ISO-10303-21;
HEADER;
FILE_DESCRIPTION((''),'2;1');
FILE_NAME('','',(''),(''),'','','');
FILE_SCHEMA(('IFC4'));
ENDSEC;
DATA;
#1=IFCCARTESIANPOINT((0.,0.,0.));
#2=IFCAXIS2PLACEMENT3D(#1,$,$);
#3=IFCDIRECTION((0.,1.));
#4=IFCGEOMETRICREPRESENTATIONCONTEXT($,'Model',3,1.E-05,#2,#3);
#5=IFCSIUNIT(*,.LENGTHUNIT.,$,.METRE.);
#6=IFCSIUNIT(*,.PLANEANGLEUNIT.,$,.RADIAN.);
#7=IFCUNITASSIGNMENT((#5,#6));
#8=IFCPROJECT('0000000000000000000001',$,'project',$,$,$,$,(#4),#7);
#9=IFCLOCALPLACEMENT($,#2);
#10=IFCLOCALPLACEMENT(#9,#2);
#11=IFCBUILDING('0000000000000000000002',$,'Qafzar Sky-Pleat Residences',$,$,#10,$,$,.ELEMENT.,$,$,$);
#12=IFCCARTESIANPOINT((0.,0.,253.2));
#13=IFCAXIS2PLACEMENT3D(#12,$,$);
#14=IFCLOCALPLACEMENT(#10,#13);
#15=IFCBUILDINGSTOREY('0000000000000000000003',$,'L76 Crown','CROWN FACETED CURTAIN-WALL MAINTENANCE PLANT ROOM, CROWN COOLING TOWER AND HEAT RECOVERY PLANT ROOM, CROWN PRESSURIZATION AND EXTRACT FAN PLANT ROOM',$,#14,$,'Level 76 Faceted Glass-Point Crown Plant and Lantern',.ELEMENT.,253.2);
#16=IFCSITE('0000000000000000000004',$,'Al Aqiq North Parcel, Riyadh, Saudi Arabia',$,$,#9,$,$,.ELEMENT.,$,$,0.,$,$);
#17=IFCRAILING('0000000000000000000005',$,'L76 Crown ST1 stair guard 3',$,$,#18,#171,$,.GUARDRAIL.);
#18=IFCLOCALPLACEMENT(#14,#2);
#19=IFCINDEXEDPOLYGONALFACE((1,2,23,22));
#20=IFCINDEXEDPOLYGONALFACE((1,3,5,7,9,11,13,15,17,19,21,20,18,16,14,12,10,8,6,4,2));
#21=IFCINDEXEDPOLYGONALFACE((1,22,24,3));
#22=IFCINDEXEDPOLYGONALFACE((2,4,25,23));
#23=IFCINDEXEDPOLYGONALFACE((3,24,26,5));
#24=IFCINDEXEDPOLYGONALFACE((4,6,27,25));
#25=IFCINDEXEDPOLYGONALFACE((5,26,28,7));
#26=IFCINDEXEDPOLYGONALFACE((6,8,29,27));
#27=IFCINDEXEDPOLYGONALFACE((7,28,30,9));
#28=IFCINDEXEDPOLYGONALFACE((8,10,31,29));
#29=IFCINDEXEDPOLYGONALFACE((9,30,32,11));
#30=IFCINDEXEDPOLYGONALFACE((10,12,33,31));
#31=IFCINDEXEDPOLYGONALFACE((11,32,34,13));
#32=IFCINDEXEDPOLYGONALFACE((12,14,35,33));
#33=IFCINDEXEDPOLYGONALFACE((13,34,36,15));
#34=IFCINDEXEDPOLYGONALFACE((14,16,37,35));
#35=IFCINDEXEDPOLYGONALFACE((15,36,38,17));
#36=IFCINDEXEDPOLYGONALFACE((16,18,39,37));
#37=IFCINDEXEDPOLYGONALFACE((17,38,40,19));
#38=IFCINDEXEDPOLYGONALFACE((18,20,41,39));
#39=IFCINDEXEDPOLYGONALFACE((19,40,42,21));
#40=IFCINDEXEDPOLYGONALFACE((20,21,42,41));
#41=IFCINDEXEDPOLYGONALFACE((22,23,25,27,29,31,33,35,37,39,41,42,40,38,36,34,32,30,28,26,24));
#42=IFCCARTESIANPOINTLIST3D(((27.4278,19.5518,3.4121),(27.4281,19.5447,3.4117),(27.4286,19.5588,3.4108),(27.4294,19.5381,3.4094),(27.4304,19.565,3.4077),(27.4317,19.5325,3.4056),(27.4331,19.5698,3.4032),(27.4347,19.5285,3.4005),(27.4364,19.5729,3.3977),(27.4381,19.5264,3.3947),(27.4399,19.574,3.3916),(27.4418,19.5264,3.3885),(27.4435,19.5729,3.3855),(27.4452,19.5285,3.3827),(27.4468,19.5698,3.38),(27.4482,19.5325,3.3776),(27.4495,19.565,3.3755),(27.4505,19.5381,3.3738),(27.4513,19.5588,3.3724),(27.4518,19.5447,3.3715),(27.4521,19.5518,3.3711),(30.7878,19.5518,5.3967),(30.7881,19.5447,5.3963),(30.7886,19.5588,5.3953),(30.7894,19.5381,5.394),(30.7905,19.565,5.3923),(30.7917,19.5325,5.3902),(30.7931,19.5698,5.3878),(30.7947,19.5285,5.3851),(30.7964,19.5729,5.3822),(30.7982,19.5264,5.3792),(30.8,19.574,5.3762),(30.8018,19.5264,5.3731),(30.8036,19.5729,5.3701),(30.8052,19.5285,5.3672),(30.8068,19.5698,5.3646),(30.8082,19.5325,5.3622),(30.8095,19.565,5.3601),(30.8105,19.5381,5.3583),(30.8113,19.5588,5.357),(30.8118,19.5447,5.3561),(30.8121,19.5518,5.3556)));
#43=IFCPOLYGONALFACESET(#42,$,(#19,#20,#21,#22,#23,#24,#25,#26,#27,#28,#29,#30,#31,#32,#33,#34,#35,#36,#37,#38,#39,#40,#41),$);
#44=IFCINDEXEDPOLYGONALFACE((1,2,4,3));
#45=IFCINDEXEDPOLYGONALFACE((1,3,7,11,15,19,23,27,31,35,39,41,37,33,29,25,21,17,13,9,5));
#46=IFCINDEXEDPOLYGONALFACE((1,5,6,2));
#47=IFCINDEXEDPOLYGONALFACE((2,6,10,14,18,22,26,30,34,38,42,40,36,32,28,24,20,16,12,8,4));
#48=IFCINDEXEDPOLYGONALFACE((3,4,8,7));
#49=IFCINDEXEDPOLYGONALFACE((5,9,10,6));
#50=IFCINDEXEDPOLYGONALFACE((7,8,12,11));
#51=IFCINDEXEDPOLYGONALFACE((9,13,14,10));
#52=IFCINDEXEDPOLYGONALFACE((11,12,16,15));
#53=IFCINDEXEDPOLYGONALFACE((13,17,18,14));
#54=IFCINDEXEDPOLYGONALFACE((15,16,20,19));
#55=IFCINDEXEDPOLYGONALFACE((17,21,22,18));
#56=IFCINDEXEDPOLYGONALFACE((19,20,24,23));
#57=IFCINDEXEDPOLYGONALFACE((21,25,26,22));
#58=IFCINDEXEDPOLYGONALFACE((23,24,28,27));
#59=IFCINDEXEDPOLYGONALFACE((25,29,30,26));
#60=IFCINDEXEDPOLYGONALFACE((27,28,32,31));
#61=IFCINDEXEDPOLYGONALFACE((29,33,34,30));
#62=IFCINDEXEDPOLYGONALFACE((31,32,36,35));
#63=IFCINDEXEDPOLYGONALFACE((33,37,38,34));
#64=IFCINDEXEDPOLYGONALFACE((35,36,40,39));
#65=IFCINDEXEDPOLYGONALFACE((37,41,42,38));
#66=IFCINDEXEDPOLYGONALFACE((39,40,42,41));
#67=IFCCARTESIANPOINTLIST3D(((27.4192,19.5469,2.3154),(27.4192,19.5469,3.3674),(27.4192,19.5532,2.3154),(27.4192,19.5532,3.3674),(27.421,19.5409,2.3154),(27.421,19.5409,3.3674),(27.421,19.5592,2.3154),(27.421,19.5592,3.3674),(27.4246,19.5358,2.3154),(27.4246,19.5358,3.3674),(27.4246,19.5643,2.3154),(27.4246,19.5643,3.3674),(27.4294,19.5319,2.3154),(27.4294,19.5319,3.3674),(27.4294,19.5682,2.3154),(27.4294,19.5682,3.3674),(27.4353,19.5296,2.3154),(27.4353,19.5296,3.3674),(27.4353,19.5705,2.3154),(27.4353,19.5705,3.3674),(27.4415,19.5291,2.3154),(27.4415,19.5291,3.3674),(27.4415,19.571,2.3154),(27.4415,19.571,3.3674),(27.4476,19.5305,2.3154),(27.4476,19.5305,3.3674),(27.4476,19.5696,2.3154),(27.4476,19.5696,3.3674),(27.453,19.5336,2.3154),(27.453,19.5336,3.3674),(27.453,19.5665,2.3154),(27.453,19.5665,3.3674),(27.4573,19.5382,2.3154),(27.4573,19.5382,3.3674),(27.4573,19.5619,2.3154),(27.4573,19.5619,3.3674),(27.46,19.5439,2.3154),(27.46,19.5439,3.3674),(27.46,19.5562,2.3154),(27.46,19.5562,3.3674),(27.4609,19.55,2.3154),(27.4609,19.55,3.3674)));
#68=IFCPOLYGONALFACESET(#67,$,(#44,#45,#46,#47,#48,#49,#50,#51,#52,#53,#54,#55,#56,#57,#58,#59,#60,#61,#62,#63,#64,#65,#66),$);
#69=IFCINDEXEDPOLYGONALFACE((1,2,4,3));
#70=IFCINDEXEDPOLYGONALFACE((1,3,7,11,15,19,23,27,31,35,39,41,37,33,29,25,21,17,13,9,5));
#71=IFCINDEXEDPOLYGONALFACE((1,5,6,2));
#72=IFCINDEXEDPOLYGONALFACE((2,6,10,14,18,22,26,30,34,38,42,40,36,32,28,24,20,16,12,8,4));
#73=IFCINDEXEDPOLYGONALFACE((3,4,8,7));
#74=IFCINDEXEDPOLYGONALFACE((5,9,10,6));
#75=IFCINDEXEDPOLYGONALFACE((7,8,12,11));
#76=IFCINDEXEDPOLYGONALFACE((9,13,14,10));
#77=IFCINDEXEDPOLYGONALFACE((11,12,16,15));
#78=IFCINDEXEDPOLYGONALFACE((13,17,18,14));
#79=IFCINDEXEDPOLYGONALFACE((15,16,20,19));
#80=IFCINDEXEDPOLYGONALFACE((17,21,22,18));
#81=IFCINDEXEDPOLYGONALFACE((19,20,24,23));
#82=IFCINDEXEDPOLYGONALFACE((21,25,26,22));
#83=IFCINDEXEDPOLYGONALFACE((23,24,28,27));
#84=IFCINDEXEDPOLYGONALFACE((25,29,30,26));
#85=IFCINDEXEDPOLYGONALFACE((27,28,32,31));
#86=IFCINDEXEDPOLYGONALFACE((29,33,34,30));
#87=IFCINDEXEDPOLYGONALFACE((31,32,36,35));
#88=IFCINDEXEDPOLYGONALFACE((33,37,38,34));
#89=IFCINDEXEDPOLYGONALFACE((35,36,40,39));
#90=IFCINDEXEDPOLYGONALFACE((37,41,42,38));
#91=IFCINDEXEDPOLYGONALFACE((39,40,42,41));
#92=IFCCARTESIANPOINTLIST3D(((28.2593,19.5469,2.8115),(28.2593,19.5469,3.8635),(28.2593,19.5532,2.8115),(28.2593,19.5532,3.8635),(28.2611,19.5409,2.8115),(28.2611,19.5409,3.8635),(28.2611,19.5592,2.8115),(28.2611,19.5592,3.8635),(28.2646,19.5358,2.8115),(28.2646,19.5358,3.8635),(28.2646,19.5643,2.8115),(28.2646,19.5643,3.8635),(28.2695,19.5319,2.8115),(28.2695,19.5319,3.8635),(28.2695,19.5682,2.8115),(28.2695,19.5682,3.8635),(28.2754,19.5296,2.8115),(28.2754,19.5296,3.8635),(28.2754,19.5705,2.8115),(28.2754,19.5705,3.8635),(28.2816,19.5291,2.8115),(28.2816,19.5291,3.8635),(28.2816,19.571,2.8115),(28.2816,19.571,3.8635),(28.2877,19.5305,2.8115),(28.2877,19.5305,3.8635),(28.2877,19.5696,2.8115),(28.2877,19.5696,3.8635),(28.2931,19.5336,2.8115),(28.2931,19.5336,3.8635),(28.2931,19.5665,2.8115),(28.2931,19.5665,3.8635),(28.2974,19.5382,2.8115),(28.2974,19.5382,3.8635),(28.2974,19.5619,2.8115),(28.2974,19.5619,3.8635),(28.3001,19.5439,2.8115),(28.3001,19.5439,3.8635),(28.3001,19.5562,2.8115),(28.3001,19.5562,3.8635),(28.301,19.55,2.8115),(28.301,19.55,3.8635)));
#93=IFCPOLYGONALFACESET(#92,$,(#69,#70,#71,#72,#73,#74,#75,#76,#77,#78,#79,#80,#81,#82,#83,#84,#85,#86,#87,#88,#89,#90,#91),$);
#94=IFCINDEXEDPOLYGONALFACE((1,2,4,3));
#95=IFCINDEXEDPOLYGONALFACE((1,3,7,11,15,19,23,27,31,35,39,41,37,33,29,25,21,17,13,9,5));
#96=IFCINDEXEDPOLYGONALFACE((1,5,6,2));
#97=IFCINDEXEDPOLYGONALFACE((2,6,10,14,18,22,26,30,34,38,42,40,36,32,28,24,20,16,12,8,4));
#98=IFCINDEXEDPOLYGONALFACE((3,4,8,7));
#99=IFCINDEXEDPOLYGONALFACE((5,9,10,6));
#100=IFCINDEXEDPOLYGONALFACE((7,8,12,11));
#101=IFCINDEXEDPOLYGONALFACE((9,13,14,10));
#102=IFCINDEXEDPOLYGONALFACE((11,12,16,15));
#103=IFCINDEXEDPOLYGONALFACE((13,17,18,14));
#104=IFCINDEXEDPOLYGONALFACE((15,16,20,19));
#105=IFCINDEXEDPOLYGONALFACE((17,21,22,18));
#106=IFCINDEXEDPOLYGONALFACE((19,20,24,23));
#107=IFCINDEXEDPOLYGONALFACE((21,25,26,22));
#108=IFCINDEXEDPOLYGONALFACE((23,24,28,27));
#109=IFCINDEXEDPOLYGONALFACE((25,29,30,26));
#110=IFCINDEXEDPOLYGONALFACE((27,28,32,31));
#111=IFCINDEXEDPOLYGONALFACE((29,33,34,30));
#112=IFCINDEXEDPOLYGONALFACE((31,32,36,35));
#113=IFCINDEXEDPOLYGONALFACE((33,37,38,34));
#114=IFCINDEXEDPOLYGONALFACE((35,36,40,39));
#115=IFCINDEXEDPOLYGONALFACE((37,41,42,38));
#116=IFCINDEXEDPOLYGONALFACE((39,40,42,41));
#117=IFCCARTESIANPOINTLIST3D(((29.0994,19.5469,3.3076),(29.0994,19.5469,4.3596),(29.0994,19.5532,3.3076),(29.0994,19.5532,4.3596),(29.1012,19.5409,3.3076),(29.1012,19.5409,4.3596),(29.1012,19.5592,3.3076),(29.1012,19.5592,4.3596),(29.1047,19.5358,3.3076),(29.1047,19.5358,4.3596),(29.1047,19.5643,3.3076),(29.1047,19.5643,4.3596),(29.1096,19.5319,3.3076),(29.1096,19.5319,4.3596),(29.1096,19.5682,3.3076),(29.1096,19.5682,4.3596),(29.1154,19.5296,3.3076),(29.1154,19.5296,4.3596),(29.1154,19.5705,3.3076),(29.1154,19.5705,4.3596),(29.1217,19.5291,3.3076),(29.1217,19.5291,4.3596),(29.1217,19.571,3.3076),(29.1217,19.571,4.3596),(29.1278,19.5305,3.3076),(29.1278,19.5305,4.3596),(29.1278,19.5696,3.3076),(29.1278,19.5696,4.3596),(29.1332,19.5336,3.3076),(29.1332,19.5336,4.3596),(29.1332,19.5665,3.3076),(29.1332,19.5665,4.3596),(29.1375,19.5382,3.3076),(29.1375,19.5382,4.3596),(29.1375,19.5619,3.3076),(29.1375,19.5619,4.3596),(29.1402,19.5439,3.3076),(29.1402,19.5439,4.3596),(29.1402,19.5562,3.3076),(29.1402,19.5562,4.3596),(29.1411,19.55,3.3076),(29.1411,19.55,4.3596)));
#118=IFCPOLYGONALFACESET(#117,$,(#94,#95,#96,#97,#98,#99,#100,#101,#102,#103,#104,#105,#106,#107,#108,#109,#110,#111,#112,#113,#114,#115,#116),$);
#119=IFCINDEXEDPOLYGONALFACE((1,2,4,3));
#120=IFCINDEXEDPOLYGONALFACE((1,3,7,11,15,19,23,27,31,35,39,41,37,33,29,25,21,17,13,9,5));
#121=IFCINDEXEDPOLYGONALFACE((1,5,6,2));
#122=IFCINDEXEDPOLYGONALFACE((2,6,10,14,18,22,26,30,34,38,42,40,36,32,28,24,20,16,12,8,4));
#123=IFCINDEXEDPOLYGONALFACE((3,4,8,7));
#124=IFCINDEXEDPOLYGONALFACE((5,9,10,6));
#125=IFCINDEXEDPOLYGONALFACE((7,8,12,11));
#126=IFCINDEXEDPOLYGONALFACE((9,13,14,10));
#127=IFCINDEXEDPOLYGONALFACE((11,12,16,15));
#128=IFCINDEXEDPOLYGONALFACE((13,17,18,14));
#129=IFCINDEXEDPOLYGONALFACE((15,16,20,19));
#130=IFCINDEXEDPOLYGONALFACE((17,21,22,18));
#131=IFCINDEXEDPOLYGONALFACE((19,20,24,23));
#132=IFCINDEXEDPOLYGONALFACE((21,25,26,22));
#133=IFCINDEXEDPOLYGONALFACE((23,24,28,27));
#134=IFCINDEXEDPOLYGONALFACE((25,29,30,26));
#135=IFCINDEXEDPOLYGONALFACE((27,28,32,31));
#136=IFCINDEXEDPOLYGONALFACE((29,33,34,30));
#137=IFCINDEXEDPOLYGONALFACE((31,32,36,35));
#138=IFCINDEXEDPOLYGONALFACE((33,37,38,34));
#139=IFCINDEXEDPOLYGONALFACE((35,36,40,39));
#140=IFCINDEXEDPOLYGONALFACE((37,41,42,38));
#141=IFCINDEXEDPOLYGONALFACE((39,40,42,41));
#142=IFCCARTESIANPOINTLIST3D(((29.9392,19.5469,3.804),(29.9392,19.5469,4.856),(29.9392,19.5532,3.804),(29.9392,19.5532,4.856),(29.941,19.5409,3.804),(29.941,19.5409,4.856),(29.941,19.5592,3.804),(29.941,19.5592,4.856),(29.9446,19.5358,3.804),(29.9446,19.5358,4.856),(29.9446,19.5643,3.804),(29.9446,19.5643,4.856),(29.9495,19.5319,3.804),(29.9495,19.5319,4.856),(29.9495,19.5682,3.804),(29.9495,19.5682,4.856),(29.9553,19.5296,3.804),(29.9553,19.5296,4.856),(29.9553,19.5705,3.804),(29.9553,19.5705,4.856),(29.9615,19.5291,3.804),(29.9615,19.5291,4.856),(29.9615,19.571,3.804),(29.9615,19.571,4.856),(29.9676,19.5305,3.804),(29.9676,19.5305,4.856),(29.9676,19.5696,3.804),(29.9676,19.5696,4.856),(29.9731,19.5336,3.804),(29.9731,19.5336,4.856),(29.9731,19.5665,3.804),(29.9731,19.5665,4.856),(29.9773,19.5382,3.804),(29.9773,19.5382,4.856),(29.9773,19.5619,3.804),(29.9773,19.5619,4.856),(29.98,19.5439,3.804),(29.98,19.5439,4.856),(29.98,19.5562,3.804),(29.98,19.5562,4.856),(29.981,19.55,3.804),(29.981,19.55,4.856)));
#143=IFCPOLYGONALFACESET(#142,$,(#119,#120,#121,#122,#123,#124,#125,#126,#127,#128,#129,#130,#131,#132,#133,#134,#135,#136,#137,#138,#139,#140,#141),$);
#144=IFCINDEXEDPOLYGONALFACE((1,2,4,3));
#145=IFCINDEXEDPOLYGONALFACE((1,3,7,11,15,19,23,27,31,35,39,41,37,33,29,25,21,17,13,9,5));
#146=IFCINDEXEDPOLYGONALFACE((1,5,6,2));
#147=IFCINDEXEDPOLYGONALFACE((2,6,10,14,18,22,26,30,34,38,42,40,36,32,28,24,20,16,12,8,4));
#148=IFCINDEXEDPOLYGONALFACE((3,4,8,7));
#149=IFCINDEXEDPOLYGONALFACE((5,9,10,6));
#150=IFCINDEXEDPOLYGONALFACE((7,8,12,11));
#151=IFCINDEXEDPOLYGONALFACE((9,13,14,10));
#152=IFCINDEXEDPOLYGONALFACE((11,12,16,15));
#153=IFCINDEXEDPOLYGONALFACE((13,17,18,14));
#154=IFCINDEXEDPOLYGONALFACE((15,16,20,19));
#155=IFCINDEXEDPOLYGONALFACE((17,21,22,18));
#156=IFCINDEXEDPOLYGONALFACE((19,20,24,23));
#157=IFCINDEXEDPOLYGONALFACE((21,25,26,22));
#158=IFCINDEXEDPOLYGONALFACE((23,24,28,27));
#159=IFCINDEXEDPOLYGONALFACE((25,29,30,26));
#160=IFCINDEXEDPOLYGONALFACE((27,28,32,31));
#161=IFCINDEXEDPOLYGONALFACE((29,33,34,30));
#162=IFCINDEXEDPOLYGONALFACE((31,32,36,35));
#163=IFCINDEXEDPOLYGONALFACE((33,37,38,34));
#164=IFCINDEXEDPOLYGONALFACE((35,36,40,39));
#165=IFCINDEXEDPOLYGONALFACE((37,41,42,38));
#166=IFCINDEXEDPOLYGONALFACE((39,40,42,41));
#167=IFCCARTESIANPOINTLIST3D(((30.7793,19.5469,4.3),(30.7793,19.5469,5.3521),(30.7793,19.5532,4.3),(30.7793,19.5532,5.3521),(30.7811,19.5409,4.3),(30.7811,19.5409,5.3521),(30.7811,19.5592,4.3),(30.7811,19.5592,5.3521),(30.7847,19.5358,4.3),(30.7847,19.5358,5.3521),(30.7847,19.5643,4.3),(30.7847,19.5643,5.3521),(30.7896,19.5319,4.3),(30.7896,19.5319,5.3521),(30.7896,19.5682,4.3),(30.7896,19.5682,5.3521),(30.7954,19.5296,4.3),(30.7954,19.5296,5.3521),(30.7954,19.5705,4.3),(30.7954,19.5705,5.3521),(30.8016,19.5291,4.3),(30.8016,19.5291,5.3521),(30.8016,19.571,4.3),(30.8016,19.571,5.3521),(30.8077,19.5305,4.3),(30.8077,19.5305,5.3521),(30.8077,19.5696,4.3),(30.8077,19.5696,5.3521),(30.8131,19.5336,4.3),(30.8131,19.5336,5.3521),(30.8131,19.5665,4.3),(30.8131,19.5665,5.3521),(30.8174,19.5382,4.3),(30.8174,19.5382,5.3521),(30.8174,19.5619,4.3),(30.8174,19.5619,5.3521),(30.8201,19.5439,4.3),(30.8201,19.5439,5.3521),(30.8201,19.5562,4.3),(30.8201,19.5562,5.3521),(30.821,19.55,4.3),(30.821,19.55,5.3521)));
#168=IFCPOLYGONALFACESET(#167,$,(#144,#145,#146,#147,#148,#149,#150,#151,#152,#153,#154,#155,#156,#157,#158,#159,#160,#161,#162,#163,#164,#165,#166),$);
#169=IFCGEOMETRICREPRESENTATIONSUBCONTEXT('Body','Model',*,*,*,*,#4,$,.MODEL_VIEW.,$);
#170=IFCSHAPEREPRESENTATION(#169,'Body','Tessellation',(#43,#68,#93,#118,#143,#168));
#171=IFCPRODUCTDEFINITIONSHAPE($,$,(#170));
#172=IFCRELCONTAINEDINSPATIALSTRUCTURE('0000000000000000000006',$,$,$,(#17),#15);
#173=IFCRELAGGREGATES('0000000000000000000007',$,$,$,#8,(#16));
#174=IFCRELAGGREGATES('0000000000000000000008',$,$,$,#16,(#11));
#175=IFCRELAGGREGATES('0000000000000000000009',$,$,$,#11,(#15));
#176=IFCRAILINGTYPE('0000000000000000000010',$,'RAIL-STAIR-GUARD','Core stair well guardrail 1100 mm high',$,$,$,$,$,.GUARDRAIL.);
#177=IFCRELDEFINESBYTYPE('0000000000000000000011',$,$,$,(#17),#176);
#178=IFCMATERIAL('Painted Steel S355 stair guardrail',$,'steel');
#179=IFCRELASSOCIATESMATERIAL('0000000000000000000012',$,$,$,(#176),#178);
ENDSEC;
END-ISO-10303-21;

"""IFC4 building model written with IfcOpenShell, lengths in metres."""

from ifc_helpers import new_model, si_unit, direction, frame, origin, origin_2d, place, context, subcontext, project, spatial, circle, extrude, source, transform, mapped, material, type_object, element, save


model = new_model("IFC4")

# Units and contexts
model_context = context("Model", 3, precision=1e-05, world=origin(), true_north=direction((0.0, 1.0)))
body_context = subcontext(model_context, "Body", "Model", "MODEL_VIEW")
ifc_project = project(units=[si_unit("LENGTHUNIT", "METRE"), si_unit("PLANEANGLEUNIT", "RADIAN")], contexts=[model_context])

# Site, building, storey
site_placement = place(None, origin())
site = spatial("IfcSite", under=ifc_project, at=site_placement, Name="Al Aqiq North Parcel, Riyadh, Saudi Arabia", CompositionType="ELEMENT", RefElevation=0.0)
building_placement = place(site_placement, origin())
building = spatial("IfcBuilding", under=site, at=building_placement, Name="Qafzar Sky-Pleat Residences", CompositionType="ELEMENT")
storey_placement = place(building_placement, frame((0.0, 0.0, 253.2)))
storey = spatial("IfcBuildingStorey", under=building, at=storey_placement, Name="L76 Crown", Description="CROWN FACETED CURTAIN-WALL MAINTENANCE PLANT ROOM, CROWN COOLING TOWER AND HEAT RECOVERY PLANT ROOM, CROWN PRESSURIZATION AND EXTRACT FAN PLANT ROOM", LongName="Level 76 Faceted Glass-Point Crown Plant and Lantern", CompositionType="ELEMENT", Elevation=253.2)

# Railing
ifc_material_1 = material(Name="Painted Steel S355 stair guardrail", Category="steel")
railing_type_1 = type_object("IfcRailingType", Name="RAIL-STAIR-GUARD", Description="Core stair well guardrail 1100 mm high", PredefinedType="GUARDRAIL", material=ifc_material_1)
shared_shape_1 = source(origin(), body_context, "Body", "SweptSolid", [
    extrude(circle(Radius=0.0239, at=origin_2d()), frame((0.0, 0.0, 1.0762), z_axis=(0.861027, 0.0, 0.508559), x_axis=(0.0, 1.0, 0.0)), (0.0, 0.0, 1.0), 3.9023),
    extrude(circle(Radius=0.021, at=origin_2d()), origin(), (0.0, 0.0, 1.0), 1.052),
    extrude(circle(Radius=0.021, at=origin_2d()), frame((0.8401, 0.0, 0.4961)), (0.0, 0.0, 1.0), 1.052),
    extrude(circle(Radius=0.021, at=origin_2d()), frame((1.6802, 0.0, 0.9922)), (0.0, 0.0, 1.0), 1.052),
    extrude(circle(Radius=0.021, at=origin_2d()), frame((2.52, 0.0, 1.4885)), (0.0, 0.0, 1.0), 1.052),
    extrude(circle(Radius=0.021, at=origin_2d()), frame((3.3601, 0.0, 1.9846)), (0.0, 0.0, 1.0), 1.052),
])
railing_1_placement = place(storey_placement, frame((27.4399, 19.55, 2.3154)))
element("IfcRailing", 1, at=railing_1_placement, inside=storey, type_object=railing_type_1, Name="L76 Crown ST1 stair guard 3", PredefinedType="GUARDRAIL", context=body_context, shape_type="MappedRepresentation", body=[
    mapped(shared_shape_1, transform((0.0, 0.0, 0.0), x_axis=(1.0, 0.0, 0.0), y_axis=(0.0, 1.0, 0.0), z_axis=(0.0, 0.0, 1.0), scale=1.0)),
])

save(model, "model.ifc")
